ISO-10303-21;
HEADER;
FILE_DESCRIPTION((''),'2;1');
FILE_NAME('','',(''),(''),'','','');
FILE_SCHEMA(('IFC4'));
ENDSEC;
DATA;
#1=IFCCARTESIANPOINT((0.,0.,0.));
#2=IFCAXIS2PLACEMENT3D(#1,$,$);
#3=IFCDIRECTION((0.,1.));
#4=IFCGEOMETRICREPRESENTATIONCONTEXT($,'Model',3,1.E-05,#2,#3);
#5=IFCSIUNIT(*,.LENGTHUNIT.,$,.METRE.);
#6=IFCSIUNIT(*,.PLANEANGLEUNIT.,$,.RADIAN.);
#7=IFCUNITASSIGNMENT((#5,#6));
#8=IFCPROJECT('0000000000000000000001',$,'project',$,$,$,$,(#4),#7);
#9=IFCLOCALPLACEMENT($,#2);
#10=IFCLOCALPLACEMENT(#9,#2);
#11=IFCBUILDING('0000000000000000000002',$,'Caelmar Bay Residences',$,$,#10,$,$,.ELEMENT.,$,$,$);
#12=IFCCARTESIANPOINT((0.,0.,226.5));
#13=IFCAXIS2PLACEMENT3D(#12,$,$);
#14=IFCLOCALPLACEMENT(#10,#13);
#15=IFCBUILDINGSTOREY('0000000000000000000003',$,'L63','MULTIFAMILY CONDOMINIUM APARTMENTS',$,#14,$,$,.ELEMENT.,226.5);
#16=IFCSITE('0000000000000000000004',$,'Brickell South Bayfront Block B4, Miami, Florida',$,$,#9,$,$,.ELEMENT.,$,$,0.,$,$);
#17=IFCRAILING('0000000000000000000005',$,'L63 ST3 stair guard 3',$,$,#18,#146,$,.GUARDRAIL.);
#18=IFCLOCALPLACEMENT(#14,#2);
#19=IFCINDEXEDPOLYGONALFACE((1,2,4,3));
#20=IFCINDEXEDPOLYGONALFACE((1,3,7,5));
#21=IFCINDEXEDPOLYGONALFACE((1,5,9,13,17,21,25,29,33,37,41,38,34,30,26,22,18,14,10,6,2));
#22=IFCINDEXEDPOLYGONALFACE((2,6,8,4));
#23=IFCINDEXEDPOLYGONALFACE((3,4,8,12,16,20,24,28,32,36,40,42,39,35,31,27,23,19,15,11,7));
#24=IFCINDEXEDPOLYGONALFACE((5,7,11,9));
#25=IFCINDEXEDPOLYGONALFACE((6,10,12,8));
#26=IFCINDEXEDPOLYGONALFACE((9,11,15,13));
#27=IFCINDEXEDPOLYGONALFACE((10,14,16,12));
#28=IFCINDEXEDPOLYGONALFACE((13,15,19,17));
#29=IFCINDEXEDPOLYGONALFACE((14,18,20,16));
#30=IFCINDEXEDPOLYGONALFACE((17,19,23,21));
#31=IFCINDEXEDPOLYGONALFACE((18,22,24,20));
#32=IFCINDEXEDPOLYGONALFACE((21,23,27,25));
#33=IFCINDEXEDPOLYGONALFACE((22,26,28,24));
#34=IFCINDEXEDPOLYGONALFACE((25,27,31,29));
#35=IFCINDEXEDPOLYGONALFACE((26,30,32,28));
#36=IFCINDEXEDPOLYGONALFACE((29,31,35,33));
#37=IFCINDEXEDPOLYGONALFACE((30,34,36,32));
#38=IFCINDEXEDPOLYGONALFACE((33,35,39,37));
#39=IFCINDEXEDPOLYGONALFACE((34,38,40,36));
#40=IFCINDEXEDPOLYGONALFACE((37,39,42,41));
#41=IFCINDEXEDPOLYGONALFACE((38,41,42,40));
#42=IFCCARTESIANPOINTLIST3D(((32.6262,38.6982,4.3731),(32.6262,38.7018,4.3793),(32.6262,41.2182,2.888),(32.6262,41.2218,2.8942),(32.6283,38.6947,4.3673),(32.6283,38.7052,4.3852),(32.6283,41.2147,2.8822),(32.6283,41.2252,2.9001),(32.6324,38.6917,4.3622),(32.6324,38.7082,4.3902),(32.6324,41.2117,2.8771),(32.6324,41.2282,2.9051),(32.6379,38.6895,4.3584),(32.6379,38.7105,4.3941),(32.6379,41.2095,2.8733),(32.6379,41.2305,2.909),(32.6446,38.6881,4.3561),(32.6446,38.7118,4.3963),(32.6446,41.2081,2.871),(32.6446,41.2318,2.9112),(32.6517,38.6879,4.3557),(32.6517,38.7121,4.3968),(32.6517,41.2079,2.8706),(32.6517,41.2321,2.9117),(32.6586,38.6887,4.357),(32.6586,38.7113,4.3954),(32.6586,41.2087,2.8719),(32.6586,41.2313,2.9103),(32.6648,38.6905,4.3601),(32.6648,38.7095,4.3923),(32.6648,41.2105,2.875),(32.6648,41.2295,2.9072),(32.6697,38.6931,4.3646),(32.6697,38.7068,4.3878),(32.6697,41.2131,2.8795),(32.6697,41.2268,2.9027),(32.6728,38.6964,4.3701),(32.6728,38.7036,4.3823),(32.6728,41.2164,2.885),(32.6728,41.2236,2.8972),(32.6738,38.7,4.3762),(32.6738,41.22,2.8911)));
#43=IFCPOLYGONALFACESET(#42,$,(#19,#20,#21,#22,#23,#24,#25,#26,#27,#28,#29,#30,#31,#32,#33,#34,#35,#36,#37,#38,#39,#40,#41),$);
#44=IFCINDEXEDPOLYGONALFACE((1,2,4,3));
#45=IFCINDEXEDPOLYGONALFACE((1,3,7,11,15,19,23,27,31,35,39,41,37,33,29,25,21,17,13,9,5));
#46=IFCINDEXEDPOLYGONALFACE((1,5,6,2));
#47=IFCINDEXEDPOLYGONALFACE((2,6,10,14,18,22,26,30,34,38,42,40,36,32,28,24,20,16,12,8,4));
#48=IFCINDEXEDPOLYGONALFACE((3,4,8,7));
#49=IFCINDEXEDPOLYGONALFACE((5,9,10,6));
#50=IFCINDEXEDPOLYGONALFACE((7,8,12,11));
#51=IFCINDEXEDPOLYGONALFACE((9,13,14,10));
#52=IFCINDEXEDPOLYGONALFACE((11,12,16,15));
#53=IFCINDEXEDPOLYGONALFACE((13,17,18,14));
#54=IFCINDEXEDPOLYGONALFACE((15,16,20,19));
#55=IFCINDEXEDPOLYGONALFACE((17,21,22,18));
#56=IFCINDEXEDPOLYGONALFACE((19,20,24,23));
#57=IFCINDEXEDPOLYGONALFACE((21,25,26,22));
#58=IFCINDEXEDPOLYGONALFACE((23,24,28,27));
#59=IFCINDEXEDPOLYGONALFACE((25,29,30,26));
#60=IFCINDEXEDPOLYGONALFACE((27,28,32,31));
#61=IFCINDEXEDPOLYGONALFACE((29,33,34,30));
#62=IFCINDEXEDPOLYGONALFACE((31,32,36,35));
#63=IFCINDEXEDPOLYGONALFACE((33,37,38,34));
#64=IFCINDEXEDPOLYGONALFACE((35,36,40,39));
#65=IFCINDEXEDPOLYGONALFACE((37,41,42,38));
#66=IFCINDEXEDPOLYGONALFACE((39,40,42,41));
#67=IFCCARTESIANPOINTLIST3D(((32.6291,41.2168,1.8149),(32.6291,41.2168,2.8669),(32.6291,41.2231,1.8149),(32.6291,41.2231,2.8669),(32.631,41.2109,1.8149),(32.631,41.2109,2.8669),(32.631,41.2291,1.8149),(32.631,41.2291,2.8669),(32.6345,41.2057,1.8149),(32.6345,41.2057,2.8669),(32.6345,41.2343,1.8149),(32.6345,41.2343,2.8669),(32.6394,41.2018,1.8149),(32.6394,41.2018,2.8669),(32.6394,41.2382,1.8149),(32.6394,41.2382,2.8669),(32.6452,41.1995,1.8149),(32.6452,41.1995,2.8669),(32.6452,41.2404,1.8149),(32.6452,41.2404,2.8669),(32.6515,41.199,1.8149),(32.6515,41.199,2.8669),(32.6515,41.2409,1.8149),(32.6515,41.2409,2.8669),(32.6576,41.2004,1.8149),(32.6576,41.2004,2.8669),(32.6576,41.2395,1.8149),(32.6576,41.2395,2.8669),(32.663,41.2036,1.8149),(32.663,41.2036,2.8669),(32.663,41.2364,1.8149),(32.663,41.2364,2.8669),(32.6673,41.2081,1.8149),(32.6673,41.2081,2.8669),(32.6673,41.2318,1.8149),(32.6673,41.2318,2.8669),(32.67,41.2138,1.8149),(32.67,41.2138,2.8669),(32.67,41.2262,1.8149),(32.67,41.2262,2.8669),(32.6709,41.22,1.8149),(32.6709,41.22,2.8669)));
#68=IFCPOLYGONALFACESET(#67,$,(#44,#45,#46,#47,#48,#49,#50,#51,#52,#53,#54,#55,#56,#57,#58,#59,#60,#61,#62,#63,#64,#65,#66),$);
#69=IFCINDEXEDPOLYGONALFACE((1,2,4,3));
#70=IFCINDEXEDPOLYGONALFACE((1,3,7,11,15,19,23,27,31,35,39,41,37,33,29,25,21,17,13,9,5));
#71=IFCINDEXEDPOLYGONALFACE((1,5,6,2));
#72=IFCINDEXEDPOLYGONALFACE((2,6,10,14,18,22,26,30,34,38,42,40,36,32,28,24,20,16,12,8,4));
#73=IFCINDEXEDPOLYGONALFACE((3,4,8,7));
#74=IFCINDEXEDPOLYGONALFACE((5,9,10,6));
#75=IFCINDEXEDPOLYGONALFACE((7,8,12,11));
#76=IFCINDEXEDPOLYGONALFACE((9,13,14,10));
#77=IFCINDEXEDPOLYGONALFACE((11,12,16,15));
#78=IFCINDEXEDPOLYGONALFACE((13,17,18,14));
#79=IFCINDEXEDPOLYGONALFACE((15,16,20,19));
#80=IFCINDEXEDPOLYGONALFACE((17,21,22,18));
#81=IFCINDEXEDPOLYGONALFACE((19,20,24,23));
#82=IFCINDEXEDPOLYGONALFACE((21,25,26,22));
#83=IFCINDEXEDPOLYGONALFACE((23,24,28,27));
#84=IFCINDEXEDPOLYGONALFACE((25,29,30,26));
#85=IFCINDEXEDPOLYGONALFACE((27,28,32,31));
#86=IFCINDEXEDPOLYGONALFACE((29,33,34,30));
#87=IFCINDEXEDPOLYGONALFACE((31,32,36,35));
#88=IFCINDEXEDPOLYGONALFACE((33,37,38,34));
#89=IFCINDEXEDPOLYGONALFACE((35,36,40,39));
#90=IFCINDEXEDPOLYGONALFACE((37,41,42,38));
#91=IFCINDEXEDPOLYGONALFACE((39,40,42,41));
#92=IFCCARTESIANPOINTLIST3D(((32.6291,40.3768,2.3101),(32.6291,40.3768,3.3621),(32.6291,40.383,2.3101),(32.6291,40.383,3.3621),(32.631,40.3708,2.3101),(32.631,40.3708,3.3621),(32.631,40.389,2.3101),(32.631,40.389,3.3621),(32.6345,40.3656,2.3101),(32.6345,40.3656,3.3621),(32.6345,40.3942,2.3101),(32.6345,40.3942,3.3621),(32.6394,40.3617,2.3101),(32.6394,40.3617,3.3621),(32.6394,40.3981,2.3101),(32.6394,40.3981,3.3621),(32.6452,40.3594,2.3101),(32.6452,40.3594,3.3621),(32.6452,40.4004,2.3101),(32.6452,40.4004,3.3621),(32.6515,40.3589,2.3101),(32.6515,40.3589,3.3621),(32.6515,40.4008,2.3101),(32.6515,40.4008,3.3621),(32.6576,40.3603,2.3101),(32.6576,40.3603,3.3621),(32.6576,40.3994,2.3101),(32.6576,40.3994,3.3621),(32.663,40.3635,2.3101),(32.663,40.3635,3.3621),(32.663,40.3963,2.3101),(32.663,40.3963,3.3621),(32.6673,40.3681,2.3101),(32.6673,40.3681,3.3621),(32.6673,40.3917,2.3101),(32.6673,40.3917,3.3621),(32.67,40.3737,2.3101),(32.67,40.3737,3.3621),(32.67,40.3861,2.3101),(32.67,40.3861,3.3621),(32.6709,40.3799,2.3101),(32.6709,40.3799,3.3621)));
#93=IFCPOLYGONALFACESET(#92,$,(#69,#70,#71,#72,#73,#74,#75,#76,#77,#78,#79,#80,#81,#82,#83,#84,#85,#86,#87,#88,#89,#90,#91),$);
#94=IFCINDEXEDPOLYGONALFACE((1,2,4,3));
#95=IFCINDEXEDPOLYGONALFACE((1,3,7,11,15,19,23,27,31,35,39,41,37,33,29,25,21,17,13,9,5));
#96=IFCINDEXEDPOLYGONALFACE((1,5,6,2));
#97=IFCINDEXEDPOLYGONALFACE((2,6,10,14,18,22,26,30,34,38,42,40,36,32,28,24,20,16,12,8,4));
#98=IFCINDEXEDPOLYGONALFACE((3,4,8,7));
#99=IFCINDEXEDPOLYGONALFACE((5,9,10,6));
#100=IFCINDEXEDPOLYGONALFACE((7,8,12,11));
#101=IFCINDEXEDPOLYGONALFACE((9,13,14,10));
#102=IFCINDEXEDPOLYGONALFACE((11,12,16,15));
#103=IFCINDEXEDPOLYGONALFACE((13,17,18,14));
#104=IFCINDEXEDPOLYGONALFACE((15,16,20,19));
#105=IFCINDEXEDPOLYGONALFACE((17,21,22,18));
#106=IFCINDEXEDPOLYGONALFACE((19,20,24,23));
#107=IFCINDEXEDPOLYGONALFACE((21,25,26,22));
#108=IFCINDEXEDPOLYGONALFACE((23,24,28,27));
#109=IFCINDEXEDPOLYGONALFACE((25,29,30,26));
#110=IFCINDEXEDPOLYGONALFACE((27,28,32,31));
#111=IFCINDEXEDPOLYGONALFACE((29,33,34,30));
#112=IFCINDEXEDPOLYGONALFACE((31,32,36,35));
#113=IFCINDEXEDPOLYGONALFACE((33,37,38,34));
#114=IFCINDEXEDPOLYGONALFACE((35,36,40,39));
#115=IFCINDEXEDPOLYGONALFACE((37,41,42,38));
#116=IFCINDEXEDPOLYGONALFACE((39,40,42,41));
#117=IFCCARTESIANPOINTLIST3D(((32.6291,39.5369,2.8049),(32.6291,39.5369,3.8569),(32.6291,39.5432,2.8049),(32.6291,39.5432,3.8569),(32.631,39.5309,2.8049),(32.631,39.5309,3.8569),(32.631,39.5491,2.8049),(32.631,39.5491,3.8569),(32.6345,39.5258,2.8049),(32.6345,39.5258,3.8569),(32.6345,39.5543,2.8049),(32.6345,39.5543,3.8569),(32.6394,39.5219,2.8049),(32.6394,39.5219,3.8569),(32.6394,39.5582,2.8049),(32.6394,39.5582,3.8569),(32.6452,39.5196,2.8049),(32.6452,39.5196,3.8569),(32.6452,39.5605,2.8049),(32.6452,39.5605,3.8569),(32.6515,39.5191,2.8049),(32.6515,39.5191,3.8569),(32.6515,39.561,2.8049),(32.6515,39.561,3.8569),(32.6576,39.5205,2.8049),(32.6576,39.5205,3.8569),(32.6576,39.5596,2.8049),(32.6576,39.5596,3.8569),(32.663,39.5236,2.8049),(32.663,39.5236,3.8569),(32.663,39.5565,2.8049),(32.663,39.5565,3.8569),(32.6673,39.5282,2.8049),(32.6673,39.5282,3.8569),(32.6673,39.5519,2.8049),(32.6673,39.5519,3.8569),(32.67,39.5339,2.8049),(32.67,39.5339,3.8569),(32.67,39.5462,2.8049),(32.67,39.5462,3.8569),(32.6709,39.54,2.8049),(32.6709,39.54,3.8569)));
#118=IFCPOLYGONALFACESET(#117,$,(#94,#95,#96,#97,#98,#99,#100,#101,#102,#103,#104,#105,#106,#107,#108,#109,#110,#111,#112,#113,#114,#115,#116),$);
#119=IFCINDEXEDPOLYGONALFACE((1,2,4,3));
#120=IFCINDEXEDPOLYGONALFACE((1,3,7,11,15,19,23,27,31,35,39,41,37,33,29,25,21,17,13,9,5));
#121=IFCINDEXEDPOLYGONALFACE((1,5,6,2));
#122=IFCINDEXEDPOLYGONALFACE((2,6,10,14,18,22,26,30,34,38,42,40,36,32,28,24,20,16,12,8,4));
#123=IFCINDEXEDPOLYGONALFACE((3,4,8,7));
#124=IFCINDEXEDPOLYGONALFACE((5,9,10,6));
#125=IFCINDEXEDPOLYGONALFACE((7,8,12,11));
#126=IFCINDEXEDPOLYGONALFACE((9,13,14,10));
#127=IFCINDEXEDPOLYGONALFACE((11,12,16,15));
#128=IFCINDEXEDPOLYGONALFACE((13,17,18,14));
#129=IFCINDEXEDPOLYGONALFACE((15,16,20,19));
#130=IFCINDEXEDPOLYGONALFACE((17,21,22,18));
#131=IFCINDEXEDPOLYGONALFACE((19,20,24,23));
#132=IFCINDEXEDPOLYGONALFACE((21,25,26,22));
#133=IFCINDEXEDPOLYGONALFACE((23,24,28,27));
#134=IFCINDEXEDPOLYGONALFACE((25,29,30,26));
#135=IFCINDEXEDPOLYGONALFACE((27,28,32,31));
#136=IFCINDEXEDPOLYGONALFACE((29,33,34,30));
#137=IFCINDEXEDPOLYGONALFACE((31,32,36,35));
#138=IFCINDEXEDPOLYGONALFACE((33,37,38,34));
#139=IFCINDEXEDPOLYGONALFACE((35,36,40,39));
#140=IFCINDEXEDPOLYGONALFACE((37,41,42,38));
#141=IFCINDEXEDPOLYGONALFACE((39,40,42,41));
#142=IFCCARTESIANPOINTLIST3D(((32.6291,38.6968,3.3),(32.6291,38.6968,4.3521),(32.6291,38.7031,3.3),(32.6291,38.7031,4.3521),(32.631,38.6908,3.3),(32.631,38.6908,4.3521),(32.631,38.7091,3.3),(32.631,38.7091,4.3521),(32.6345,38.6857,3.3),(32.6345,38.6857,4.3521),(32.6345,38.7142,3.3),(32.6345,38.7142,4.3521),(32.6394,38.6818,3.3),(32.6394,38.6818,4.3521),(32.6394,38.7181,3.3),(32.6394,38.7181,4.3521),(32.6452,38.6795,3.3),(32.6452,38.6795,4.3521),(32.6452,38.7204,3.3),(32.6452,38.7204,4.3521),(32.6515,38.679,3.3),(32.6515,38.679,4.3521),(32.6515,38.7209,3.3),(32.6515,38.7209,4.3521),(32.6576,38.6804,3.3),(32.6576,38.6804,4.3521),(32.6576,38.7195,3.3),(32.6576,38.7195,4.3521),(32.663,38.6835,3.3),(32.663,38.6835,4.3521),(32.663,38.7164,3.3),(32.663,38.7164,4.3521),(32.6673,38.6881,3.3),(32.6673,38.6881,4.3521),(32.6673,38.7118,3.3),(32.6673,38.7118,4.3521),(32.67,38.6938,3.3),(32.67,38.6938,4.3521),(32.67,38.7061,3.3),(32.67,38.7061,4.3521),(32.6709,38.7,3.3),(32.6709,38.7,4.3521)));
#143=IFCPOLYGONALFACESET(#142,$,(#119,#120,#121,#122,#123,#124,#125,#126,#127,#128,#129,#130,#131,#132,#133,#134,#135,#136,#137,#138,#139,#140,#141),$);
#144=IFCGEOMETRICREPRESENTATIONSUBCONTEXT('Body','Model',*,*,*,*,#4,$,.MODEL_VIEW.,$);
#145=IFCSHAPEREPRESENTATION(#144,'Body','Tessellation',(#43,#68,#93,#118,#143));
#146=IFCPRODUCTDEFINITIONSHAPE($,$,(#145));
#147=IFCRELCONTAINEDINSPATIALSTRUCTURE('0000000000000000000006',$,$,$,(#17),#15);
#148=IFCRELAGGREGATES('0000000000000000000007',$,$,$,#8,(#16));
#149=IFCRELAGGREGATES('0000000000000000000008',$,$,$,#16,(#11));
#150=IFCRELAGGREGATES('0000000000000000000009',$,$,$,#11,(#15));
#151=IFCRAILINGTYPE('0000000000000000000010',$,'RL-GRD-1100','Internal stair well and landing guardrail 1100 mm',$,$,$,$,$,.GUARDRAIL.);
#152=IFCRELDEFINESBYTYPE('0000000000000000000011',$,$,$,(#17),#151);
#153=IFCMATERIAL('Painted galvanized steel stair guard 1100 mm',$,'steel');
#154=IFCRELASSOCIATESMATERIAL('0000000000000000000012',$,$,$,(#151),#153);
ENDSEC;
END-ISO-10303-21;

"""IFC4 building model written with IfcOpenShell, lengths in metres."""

from ifc_helpers import new_model, si_unit, direction, frame, origin, origin_2d, place, context, subcontext, project, spatial, circle, extrude, material, type_object, element, save


model = new_model("IFC4")

# Units and contexts
model_context = context("Model", 3, precision=1e-05, world=origin(), true_north=direction((0.0, 1.0)))
body_context = subcontext(model_context, "Body", "Model", "MODEL_VIEW")
ifc_project = project(units=[si_unit("LENGTHUNIT", "METRE"), si_unit("PLANEANGLEUNIT", "RADIAN")], contexts=[model_context])

# Site, building, storey
site_placement = place(None, origin())
site = spatial("IfcSite", under=ifc_project, at=site_placement, Name="Brickell South Bayfront Block B4, Miami, Florida", CompositionType="ELEMENT", RefElevation=0.0)
building_placement = place(site_placement, origin())
building = spatial("IfcBuilding", under=site, at=building_placement, Name="Caelmar Bay Residences", CompositionType="ELEMENT")
storey_placement = place(building_placement, frame((0.0, 0.0, 226.5)))
storey = spatial("IfcBuildingStorey", under=building, at=storey_placement, Name="L63", Description="MULTIFAMILY CONDOMINIUM APARTMENTS", CompositionType="ELEMENT", Elevation=226.5)

# Railing
ifc_material_1 = material(Name="Painted galvanized steel stair guard 1100 mm", Category="steel")
railing_type_1 = type_object("IfcRailingType", Name="RL-GRD-1100", Description="Internal stair well and landing guardrail 1100 mm", PredefinedType="GUARDRAIL", material=ifc_material_1)
railing_1_placement = place(storey_placement, frame((32.6499, 41.22, 1.8149)))
element("IfcRailing", 1, at=railing_1_placement, inside=storey, type_object=railing_type_1, Name="L63 ST3 stair guard 3", PredefinedType="GUARDRAIL", context=body_context, shape_type="SweptSolid", body=[
    extrude(circle(Radius=0.0239, at=origin_2d()), frame((0.0, 0.0, 1.0762), z_axis=(0.0, -0.861524, 0.507717), x_axis=(1.0, 0.0, 0.0)), (0.0, 0.0, 1.0), 2.925),
    extrude(circle(Radius=0.021, at=origin_2d()), origin(), (0.0, 0.0, 1.0), 1.052),
    extrude(circle(Radius=0.021, at=origin_2d()), frame((0.0, -0.8401, 0.4951)), (0.0, 0.0, 1.0), 1.052),
    extrude(circle(Radius=0.021, at=origin_2d()), frame((0.0, -1.6799, 0.99)), (0.0, 0.0, 1.0), 1.052),
    extrude(circle(Radius=0.021, at=origin_2d()), frame((0.0, -2.52, 1.4851)), (0.0, 0.0, 1.0), 1.052),
])

save(model, "model.ifc")
